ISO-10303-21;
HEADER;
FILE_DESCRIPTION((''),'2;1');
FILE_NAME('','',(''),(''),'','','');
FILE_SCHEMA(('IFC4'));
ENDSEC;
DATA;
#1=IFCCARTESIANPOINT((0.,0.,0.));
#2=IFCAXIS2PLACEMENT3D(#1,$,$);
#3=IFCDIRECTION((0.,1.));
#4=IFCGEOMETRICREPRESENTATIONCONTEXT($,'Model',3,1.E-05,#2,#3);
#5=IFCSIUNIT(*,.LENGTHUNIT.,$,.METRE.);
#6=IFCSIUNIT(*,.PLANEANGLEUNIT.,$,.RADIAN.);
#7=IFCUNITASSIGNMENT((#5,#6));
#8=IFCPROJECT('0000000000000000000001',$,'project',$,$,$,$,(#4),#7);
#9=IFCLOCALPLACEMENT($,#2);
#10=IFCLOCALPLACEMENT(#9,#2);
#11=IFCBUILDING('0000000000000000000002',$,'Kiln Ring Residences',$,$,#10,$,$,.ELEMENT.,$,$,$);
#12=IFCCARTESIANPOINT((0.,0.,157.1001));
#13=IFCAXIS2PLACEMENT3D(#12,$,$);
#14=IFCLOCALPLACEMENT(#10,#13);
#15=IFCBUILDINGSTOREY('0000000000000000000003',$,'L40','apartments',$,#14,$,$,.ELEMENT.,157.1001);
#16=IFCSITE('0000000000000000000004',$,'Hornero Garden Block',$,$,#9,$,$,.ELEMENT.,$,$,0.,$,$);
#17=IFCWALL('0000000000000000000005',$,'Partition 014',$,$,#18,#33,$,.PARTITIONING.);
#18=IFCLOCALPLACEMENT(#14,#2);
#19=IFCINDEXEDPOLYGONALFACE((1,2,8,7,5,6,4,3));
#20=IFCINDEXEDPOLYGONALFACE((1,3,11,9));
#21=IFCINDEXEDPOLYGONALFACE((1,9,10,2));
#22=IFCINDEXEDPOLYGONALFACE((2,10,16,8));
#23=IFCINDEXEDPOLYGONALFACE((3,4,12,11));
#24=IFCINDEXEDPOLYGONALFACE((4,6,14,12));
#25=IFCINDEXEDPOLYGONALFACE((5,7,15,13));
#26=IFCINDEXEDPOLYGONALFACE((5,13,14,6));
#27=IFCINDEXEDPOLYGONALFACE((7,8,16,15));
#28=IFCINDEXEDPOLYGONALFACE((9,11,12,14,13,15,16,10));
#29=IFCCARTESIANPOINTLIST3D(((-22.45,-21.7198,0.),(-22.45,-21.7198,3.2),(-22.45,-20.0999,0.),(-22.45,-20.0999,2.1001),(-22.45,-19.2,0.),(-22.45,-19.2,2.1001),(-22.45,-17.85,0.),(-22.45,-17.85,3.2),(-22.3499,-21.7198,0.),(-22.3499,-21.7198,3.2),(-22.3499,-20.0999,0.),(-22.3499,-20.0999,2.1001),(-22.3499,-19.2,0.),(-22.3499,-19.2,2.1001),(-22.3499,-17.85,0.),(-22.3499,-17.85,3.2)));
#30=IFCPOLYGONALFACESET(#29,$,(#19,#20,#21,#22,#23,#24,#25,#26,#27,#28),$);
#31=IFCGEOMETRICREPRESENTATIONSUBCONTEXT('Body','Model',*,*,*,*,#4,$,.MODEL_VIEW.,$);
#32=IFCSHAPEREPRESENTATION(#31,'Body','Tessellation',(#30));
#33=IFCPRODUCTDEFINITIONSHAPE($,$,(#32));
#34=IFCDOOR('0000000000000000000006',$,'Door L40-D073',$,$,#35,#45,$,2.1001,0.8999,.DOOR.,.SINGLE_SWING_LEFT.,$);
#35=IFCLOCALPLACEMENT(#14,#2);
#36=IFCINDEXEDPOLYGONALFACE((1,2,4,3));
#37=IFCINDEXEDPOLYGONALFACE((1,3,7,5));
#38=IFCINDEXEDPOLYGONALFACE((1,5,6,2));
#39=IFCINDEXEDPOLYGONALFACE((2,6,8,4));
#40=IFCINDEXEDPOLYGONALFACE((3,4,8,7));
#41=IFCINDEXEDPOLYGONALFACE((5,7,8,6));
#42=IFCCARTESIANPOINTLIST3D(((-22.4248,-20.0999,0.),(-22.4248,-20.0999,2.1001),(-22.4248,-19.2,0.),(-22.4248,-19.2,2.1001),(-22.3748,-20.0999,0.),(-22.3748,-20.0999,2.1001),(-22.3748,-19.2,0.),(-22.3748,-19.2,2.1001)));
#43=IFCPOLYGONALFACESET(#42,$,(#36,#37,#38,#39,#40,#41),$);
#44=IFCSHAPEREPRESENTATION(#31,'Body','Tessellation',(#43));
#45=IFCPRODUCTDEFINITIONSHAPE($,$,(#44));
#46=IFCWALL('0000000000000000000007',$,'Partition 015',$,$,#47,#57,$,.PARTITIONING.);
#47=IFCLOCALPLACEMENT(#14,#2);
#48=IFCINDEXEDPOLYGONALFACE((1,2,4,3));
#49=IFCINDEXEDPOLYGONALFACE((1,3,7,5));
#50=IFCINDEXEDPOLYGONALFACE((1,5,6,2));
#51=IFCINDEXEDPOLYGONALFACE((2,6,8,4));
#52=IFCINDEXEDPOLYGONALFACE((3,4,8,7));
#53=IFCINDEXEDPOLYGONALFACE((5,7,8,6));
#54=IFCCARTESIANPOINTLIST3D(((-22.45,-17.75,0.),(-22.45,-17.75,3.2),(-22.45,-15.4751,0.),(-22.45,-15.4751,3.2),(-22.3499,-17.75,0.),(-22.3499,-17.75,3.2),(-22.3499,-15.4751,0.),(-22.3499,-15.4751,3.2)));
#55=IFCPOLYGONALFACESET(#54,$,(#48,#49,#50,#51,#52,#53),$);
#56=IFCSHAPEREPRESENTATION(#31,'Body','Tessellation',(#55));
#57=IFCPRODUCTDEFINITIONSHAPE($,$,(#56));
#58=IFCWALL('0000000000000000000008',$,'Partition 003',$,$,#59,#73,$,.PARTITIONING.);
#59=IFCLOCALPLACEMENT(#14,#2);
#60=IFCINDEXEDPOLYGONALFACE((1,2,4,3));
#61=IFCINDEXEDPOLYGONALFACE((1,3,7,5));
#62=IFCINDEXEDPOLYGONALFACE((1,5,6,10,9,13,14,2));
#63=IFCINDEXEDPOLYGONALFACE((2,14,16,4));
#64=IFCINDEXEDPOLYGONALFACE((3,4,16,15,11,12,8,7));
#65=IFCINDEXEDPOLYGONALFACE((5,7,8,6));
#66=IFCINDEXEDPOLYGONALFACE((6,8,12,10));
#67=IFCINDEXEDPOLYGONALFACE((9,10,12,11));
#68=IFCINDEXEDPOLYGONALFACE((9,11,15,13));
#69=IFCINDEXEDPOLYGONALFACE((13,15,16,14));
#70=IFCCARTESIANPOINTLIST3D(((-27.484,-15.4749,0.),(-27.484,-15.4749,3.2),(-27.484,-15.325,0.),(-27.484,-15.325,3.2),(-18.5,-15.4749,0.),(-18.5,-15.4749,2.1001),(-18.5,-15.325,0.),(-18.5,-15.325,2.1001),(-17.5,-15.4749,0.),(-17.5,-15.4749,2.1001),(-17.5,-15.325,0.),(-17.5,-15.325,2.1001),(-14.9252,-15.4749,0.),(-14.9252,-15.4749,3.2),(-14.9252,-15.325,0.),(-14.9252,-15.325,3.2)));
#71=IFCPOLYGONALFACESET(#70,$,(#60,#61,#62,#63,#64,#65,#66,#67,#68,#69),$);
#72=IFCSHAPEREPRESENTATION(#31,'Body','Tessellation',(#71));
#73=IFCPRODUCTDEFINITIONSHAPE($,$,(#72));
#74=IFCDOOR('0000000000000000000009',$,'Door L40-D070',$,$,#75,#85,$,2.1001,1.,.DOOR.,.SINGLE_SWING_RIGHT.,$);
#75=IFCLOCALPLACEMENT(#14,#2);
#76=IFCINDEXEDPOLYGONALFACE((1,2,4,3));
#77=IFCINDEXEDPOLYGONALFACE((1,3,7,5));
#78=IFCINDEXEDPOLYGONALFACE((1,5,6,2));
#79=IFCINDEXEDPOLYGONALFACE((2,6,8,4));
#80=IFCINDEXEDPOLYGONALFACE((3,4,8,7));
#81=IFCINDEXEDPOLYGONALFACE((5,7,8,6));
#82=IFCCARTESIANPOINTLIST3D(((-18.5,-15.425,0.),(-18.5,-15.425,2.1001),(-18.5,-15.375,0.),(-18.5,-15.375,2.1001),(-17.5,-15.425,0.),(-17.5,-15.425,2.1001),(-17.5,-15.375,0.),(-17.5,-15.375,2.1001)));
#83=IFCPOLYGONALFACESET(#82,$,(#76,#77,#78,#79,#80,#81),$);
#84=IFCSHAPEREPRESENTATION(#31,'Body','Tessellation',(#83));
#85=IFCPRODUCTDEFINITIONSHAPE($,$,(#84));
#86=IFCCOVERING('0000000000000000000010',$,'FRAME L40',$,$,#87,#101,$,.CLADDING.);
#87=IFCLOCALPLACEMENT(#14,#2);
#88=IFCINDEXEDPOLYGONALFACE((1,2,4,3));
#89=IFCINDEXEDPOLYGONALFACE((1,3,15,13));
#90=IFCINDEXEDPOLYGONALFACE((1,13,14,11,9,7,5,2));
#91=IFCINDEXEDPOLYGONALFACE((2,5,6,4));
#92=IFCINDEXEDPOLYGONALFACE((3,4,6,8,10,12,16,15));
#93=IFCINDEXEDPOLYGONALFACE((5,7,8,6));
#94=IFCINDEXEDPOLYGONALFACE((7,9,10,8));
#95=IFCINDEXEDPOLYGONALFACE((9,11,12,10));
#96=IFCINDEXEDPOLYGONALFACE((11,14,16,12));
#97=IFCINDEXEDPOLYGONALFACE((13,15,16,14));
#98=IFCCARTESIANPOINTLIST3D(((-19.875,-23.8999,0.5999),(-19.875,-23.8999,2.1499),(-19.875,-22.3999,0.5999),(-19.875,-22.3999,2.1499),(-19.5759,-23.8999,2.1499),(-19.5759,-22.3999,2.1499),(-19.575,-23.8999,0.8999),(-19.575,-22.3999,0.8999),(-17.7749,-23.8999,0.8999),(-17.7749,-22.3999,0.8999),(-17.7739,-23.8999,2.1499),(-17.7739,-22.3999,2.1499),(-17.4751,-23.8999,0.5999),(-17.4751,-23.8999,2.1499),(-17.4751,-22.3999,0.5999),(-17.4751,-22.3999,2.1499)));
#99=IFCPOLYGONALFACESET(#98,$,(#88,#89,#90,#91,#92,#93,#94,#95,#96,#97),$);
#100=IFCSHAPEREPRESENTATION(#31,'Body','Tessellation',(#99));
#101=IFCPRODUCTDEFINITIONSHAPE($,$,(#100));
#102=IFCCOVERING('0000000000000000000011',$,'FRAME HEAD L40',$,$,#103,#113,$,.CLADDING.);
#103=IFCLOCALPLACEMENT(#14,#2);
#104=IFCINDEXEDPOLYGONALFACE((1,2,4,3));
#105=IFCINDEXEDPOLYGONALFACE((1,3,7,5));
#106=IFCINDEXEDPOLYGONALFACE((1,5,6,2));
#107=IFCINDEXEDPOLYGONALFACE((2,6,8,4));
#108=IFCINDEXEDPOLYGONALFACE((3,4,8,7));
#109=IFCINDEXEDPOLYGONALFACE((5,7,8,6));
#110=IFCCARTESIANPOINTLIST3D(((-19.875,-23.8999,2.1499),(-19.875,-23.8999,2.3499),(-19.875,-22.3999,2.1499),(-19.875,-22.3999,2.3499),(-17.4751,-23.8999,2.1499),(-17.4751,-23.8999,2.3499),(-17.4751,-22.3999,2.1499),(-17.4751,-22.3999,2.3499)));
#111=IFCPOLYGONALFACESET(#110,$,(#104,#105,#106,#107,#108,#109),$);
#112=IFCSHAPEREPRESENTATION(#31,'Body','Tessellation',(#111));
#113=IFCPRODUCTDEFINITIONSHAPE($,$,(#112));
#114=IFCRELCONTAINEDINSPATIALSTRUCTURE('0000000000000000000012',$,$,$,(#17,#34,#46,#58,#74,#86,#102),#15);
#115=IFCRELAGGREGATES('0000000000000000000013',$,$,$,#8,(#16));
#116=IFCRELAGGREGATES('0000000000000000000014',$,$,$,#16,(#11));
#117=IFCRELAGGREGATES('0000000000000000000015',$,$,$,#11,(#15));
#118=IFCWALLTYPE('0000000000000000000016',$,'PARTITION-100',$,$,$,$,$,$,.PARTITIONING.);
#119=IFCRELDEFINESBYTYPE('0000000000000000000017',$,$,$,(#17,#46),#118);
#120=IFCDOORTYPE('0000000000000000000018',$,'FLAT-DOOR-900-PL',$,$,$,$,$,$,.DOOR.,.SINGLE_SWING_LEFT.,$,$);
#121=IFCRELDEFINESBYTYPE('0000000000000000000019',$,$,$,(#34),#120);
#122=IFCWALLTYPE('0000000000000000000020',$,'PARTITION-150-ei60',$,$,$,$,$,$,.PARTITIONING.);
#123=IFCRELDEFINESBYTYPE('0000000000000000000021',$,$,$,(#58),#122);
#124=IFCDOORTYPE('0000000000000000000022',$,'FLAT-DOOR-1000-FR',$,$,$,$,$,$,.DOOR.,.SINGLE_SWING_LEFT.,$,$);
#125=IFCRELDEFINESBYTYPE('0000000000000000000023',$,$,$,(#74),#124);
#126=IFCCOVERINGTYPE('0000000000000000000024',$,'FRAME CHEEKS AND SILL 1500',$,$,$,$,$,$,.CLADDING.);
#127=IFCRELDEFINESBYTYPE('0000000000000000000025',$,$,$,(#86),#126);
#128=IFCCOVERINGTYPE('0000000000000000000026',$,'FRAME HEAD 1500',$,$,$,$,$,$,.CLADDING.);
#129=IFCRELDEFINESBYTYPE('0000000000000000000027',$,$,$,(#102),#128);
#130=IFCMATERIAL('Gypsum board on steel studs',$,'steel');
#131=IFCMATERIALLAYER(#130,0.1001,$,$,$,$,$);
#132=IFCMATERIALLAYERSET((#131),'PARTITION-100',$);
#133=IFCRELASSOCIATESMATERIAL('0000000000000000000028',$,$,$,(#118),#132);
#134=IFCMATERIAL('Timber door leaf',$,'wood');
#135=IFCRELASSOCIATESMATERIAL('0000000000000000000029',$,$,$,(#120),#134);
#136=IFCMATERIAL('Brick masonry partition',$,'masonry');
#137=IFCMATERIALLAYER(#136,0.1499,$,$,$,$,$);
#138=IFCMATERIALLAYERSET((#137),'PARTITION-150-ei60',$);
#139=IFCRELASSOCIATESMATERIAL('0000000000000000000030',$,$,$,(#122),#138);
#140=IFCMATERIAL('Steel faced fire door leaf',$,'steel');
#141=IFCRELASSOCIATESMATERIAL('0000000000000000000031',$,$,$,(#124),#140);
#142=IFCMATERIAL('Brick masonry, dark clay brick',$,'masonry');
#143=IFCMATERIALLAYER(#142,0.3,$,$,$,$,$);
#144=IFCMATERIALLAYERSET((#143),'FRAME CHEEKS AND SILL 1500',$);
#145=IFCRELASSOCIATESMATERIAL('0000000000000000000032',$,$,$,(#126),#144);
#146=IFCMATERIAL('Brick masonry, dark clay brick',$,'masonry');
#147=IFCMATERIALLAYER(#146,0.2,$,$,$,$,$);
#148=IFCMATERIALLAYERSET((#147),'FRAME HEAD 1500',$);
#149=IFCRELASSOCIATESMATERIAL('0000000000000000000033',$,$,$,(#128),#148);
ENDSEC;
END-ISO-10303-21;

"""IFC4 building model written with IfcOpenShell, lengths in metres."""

from ifc_helpers import new_model, si_unit, direction, frame, frame_2d, origin, origin_2d, place, context, subcontext, project, spatial, polyline, rectangle, outline, extrude, material, layer, layer_set, type_object, element, fill, save


model = new_model("IFC4")

# Units and contexts
model_context = context("Model", 3, precision=1e-05, world=origin(), true_north=direction((0.0, 1.0)))
body_context = subcontext(model_context, "Body", "Model", "MODEL_VIEW")
ifc_project = project(units=[si_unit("LENGTHUNIT", "METRE"), si_unit("PLANEANGLEUNIT", "RADIAN")], contexts=[model_context])

# Site, building, storey
site_placement = place(None, origin())
site = spatial("IfcSite", under=ifc_project, at=site_placement, Name="Hornero Garden Block", CompositionType="ELEMENT", RefElevation=0.0)
building_placement = place(site_placement, origin())
building = spatial("IfcBuilding", under=site, at=building_placement, Name="Kiln Ring Residences", CompositionType="ELEMENT")
storey_placement = place(building_placement, frame((0.0, 0.0, 157.1001)))
storey = spatial("IfcBuildingStorey", under=building, at=storey_placement, Name="L40", Description="apartments", CompositionType="ELEMENT", Elevation=157.1001)

# Shared definitions
ifc_material_1 = material(Name="Gypsum board on steel studs", Category="steel")
ifc_layer_1 = layer(ifc_material_1, 0.1001)
ifc_layer_set_1 = layer_set([ifc_layer_1], Name="PARTITION-100")
wall_type_1 = type_object("IfcWallType", Name="PARTITION-100", PredefinedType="PARTITIONING", material=ifc_layer_set_1)
ifc_material_2 = material(Name="Timber door leaf", Category="wood")
door_type_1 = type_object("IfcDoorType", Name="FLAT-DOOR-900-PL", OperationType="SINGLE_SWING_LEFT", PredefinedType="DOOR", material=ifc_material_2)

# Wall, opening, door
wall_1_placement = place(storey_placement, frame((-22.3999, -21.72, 0.0), z_axis=(0.0, 0.0, 1.0), x_axis=(0.0, 1.0, 0.0)))
wall_1 = element("IfcWall", 1, at=wall_1_placement, inside=storey, type_object=wall_type_1, Name="Partition 014", PredefinedType="PARTITIONING", context=body_context, shape_type="SweptSolid", body=[
    extrude(rectangle(XDim=3.8699, YDim=0.1001, at=frame_2d((1.9351, 0.0))), origin(), (0.0, 0.0, 1.0), 3.2),
])
opening_1_placement = place(wall_1_placement, frame((1.6201, 0.0, 0.0)))
opening_1 = element("IfcOpeningElement", 2, at=opening_1_placement, cuts=wall_1, PredefinedType="OPENING", context=body_context, shape_type="SweptSolid", body=[
    extrude(rectangle(XDim=0.8999, YDim=2.1001, at=frame_2d((0.45, 1.05))), frame((0.0, 0.0601, 0.0), z_axis=(0.0, -1.0, 0.0), x_axis=(1.0, 0.0, 0.0)), (0.0, 0.0, 1.0), 0.1201),
])
door_1_placement = place(opening_1_placement, origin())
door_1 = element("IfcDoor", 3, at=door_1_placement, inside=storey, type_object=door_type_1, Name="Door L40-D073", OperationType="SINGLE_SWING_LEFT", OverallHeight=2.1001, OverallWidth=0.8999, PredefinedType="DOOR", context=body_context, shape_type="SweptSolid", body=[
    extrude(rectangle(XDim=0.8999, YDim=2.1001, at=frame_2d((0.45, 1.05))), frame((0.0, 0.0249, 0.0), z_axis=(0.0, -1.0, 0.0), x_axis=(1.0, 0.0, 0.0)), (0.0, 0.0, 1.0), 0.05),
])
fill(opening_1, door_1)

# Wall
wall_2_placement = place(storey_placement, frame((-22.3999, -17.75, 0.0), z_axis=(0.0, 0.0, 1.0), x_axis=(0.0, 1.0, 0.0)))
element("IfcWall", 4, at=wall_2_placement, inside=storey, type_object=wall_type_1, Name="Partition 015", PredefinedType="PARTITIONING", context=body_context, shape_type="SweptSolid", body=[
    extrude(rectangle(XDim=2.2749, YDim=0.1001, at=frame_2d((1.1375, 0.0))), origin(), (0.0, 0.0, 1.0), 3.2),
])

# Wall, opening, door
ifc_material_3 = material(Name="Brick masonry partition", Category="masonry")
ifc_layer_2 = layer(ifc_material_3, 0.1499)
ifc_layer_set_2 = layer_set([ifc_layer_2], Name="PARTITION-150-ei60")
wall_type_2 = type_object("IfcWallType", Name="PARTITION-150-ei60", PredefinedType="PARTITIONING", material=ifc_layer_set_2)
wall_3_placement = place(storey_placement, frame((-27.4839, -15.3999, 0.0), z_axis=(0.0, 0.0, 1.0), x_axis=(1.0, 0.0, 0.0)))
wall_3 = element("IfcWall", 5, at=wall_3_placement, inside=storey, type_object=wall_type_2, Name="Partition 003", PredefinedType="PARTITIONING", context=body_context, shape_type="SweptSolid", body=[
    extrude(rectangle(XDim=12.5588, YDim=0.1499, at=frame_2d((6.2793, 0.0))), origin(), (0.0, 0.0, 1.0), 3.2),
])
opening_2_placement = place(wall_3_placement, frame((8.9839, 0.0, 0.0)))
opening_2 = element("IfcOpeningElement", 6, at=opening_2_placement, cuts=wall_3, PredefinedType="OPENING", context=body_context, shape_type="SweptSolid", body=[
    extrude(rectangle(XDim=1.0, YDim=2.1001, at=frame_2d((0.5, 1.05))), frame((0.0, 0.085, 0.0), z_axis=(0.0, -1.0, 0.0), x_axis=(1.0, 0.0, 0.0)), (0.0, 0.0, 1.0), 0.1699),
])
ifc_material_4 = material(Name="Steel faced fire door leaf", Category="steel")
door_type_2 = type_object("IfcDoorType", Name="FLAT-DOOR-1000-FR", OperationType="SINGLE_SWING_LEFT", PredefinedType="DOOR", material=ifc_material_4)
door_2_placement = place(opening_2_placement, origin())
door_2 = element("IfcDoor", 7, at=door_2_placement, inside=storey, type_object=door_type_2, Name="Door L40-D070", OperationType="SINGLE_SWING_RIGHT", OverallHeight=2.1001, OverallWidth=1.0, PredefinedType="DOOR", context=body_context, shape_type="SweptSolid", body=[
    extrude(rectangle(XDim=1.0, YDim=2.1001, at=frame_2d((0.5, 1.05))), frame((0.0, 0.0249, 0.0), z_axis=(0.0, -1.0, 0.0), x_axis=(1.0, 0.0, 0.0)), (0.0, 0.0, 1.0), 0.05),
])
fill(opening_2, door_2)

# Coverings
ifc_material_5 = material(Name="Brick masonry, dark clay brick", Category="masonry")
ifc_layer_3 = layer(ifc_material_5, 0.3)
ifc_layer_set_3 = layer_set([ifc_layer_3], Name="FRAME CHEEKS AND SILL 1500")
covering_type_1 = type_object("IfcCoveringType", Name="FRAME CHEEKS AND SILL 1500", PredefinedType="CLADDING", material=ifc_layer_set_3)
covering_1_placement = place(storey_placement, frame((-19.875, -23.1499, 0.5999), z_axis=(0.0, 0.0, 1.0), x_axis=(1.0, 0.0, 0.0)))
element("IfcCovering", 8, at=covering_1_placement, inside=storey, type_object=covering_type_1, Name="FRAME L40", PredefinedType="CLADDING", context=body_context, shape_type="SweptSolid", body=[
    extrude(outline(polyline([(0.0, 0.0), (2.3999, 0.0), (2.3999, 1.55), (2.1011, 1.55), (2.1001, 0.3), (0.3, 0.3), (0.2991, 1.55), (0.0, 1.55), (0.0, 0.0)])), frame((0.0, 0.75, 0.0), z_axis=(0.0, -1.0, 0.0), x_axis=(1.0, 0.0, 0.0)), (0.0, 0.0, 1.0), 1.5),
])
ifc_material_6 = material(Name="Brick masonry, dark clay brick", Category="masonry")
ifc_layer_4 = layer(ifc_material_6, 0.2)
ifc_layer_set_4 = layer_set([ifc_layer_4], Name="FRAME HEAD 1500")
covering_type_2 = type_object("IfcCoveringType", Name="FRAME HEAD 1500", PredefinedType="CLADDING", material=ifc_layer_set_4)
covering_2_placement = place(storey_placement, frame((-18.675, -23.1499, 2.1499), z_axis=(0.0, 0.0, 1.0), x_axis=(1.0, 0.0, 0.0)))
element("IfcCovering", 9, at=covering_2_placement, inside=storey, type_object=covering_type_2, Name="FRAME HEAD L40", PredefinedType="CLADDING", context=body_context, shape_type="SweptSolid", body=[
    extrude(rectangle(XDim=2.3999, YDim=1.5, at=origin_2d()), origin(), (0.0, 0.0, 1.0), 0.2),
])

save(model, "model.ifc")
